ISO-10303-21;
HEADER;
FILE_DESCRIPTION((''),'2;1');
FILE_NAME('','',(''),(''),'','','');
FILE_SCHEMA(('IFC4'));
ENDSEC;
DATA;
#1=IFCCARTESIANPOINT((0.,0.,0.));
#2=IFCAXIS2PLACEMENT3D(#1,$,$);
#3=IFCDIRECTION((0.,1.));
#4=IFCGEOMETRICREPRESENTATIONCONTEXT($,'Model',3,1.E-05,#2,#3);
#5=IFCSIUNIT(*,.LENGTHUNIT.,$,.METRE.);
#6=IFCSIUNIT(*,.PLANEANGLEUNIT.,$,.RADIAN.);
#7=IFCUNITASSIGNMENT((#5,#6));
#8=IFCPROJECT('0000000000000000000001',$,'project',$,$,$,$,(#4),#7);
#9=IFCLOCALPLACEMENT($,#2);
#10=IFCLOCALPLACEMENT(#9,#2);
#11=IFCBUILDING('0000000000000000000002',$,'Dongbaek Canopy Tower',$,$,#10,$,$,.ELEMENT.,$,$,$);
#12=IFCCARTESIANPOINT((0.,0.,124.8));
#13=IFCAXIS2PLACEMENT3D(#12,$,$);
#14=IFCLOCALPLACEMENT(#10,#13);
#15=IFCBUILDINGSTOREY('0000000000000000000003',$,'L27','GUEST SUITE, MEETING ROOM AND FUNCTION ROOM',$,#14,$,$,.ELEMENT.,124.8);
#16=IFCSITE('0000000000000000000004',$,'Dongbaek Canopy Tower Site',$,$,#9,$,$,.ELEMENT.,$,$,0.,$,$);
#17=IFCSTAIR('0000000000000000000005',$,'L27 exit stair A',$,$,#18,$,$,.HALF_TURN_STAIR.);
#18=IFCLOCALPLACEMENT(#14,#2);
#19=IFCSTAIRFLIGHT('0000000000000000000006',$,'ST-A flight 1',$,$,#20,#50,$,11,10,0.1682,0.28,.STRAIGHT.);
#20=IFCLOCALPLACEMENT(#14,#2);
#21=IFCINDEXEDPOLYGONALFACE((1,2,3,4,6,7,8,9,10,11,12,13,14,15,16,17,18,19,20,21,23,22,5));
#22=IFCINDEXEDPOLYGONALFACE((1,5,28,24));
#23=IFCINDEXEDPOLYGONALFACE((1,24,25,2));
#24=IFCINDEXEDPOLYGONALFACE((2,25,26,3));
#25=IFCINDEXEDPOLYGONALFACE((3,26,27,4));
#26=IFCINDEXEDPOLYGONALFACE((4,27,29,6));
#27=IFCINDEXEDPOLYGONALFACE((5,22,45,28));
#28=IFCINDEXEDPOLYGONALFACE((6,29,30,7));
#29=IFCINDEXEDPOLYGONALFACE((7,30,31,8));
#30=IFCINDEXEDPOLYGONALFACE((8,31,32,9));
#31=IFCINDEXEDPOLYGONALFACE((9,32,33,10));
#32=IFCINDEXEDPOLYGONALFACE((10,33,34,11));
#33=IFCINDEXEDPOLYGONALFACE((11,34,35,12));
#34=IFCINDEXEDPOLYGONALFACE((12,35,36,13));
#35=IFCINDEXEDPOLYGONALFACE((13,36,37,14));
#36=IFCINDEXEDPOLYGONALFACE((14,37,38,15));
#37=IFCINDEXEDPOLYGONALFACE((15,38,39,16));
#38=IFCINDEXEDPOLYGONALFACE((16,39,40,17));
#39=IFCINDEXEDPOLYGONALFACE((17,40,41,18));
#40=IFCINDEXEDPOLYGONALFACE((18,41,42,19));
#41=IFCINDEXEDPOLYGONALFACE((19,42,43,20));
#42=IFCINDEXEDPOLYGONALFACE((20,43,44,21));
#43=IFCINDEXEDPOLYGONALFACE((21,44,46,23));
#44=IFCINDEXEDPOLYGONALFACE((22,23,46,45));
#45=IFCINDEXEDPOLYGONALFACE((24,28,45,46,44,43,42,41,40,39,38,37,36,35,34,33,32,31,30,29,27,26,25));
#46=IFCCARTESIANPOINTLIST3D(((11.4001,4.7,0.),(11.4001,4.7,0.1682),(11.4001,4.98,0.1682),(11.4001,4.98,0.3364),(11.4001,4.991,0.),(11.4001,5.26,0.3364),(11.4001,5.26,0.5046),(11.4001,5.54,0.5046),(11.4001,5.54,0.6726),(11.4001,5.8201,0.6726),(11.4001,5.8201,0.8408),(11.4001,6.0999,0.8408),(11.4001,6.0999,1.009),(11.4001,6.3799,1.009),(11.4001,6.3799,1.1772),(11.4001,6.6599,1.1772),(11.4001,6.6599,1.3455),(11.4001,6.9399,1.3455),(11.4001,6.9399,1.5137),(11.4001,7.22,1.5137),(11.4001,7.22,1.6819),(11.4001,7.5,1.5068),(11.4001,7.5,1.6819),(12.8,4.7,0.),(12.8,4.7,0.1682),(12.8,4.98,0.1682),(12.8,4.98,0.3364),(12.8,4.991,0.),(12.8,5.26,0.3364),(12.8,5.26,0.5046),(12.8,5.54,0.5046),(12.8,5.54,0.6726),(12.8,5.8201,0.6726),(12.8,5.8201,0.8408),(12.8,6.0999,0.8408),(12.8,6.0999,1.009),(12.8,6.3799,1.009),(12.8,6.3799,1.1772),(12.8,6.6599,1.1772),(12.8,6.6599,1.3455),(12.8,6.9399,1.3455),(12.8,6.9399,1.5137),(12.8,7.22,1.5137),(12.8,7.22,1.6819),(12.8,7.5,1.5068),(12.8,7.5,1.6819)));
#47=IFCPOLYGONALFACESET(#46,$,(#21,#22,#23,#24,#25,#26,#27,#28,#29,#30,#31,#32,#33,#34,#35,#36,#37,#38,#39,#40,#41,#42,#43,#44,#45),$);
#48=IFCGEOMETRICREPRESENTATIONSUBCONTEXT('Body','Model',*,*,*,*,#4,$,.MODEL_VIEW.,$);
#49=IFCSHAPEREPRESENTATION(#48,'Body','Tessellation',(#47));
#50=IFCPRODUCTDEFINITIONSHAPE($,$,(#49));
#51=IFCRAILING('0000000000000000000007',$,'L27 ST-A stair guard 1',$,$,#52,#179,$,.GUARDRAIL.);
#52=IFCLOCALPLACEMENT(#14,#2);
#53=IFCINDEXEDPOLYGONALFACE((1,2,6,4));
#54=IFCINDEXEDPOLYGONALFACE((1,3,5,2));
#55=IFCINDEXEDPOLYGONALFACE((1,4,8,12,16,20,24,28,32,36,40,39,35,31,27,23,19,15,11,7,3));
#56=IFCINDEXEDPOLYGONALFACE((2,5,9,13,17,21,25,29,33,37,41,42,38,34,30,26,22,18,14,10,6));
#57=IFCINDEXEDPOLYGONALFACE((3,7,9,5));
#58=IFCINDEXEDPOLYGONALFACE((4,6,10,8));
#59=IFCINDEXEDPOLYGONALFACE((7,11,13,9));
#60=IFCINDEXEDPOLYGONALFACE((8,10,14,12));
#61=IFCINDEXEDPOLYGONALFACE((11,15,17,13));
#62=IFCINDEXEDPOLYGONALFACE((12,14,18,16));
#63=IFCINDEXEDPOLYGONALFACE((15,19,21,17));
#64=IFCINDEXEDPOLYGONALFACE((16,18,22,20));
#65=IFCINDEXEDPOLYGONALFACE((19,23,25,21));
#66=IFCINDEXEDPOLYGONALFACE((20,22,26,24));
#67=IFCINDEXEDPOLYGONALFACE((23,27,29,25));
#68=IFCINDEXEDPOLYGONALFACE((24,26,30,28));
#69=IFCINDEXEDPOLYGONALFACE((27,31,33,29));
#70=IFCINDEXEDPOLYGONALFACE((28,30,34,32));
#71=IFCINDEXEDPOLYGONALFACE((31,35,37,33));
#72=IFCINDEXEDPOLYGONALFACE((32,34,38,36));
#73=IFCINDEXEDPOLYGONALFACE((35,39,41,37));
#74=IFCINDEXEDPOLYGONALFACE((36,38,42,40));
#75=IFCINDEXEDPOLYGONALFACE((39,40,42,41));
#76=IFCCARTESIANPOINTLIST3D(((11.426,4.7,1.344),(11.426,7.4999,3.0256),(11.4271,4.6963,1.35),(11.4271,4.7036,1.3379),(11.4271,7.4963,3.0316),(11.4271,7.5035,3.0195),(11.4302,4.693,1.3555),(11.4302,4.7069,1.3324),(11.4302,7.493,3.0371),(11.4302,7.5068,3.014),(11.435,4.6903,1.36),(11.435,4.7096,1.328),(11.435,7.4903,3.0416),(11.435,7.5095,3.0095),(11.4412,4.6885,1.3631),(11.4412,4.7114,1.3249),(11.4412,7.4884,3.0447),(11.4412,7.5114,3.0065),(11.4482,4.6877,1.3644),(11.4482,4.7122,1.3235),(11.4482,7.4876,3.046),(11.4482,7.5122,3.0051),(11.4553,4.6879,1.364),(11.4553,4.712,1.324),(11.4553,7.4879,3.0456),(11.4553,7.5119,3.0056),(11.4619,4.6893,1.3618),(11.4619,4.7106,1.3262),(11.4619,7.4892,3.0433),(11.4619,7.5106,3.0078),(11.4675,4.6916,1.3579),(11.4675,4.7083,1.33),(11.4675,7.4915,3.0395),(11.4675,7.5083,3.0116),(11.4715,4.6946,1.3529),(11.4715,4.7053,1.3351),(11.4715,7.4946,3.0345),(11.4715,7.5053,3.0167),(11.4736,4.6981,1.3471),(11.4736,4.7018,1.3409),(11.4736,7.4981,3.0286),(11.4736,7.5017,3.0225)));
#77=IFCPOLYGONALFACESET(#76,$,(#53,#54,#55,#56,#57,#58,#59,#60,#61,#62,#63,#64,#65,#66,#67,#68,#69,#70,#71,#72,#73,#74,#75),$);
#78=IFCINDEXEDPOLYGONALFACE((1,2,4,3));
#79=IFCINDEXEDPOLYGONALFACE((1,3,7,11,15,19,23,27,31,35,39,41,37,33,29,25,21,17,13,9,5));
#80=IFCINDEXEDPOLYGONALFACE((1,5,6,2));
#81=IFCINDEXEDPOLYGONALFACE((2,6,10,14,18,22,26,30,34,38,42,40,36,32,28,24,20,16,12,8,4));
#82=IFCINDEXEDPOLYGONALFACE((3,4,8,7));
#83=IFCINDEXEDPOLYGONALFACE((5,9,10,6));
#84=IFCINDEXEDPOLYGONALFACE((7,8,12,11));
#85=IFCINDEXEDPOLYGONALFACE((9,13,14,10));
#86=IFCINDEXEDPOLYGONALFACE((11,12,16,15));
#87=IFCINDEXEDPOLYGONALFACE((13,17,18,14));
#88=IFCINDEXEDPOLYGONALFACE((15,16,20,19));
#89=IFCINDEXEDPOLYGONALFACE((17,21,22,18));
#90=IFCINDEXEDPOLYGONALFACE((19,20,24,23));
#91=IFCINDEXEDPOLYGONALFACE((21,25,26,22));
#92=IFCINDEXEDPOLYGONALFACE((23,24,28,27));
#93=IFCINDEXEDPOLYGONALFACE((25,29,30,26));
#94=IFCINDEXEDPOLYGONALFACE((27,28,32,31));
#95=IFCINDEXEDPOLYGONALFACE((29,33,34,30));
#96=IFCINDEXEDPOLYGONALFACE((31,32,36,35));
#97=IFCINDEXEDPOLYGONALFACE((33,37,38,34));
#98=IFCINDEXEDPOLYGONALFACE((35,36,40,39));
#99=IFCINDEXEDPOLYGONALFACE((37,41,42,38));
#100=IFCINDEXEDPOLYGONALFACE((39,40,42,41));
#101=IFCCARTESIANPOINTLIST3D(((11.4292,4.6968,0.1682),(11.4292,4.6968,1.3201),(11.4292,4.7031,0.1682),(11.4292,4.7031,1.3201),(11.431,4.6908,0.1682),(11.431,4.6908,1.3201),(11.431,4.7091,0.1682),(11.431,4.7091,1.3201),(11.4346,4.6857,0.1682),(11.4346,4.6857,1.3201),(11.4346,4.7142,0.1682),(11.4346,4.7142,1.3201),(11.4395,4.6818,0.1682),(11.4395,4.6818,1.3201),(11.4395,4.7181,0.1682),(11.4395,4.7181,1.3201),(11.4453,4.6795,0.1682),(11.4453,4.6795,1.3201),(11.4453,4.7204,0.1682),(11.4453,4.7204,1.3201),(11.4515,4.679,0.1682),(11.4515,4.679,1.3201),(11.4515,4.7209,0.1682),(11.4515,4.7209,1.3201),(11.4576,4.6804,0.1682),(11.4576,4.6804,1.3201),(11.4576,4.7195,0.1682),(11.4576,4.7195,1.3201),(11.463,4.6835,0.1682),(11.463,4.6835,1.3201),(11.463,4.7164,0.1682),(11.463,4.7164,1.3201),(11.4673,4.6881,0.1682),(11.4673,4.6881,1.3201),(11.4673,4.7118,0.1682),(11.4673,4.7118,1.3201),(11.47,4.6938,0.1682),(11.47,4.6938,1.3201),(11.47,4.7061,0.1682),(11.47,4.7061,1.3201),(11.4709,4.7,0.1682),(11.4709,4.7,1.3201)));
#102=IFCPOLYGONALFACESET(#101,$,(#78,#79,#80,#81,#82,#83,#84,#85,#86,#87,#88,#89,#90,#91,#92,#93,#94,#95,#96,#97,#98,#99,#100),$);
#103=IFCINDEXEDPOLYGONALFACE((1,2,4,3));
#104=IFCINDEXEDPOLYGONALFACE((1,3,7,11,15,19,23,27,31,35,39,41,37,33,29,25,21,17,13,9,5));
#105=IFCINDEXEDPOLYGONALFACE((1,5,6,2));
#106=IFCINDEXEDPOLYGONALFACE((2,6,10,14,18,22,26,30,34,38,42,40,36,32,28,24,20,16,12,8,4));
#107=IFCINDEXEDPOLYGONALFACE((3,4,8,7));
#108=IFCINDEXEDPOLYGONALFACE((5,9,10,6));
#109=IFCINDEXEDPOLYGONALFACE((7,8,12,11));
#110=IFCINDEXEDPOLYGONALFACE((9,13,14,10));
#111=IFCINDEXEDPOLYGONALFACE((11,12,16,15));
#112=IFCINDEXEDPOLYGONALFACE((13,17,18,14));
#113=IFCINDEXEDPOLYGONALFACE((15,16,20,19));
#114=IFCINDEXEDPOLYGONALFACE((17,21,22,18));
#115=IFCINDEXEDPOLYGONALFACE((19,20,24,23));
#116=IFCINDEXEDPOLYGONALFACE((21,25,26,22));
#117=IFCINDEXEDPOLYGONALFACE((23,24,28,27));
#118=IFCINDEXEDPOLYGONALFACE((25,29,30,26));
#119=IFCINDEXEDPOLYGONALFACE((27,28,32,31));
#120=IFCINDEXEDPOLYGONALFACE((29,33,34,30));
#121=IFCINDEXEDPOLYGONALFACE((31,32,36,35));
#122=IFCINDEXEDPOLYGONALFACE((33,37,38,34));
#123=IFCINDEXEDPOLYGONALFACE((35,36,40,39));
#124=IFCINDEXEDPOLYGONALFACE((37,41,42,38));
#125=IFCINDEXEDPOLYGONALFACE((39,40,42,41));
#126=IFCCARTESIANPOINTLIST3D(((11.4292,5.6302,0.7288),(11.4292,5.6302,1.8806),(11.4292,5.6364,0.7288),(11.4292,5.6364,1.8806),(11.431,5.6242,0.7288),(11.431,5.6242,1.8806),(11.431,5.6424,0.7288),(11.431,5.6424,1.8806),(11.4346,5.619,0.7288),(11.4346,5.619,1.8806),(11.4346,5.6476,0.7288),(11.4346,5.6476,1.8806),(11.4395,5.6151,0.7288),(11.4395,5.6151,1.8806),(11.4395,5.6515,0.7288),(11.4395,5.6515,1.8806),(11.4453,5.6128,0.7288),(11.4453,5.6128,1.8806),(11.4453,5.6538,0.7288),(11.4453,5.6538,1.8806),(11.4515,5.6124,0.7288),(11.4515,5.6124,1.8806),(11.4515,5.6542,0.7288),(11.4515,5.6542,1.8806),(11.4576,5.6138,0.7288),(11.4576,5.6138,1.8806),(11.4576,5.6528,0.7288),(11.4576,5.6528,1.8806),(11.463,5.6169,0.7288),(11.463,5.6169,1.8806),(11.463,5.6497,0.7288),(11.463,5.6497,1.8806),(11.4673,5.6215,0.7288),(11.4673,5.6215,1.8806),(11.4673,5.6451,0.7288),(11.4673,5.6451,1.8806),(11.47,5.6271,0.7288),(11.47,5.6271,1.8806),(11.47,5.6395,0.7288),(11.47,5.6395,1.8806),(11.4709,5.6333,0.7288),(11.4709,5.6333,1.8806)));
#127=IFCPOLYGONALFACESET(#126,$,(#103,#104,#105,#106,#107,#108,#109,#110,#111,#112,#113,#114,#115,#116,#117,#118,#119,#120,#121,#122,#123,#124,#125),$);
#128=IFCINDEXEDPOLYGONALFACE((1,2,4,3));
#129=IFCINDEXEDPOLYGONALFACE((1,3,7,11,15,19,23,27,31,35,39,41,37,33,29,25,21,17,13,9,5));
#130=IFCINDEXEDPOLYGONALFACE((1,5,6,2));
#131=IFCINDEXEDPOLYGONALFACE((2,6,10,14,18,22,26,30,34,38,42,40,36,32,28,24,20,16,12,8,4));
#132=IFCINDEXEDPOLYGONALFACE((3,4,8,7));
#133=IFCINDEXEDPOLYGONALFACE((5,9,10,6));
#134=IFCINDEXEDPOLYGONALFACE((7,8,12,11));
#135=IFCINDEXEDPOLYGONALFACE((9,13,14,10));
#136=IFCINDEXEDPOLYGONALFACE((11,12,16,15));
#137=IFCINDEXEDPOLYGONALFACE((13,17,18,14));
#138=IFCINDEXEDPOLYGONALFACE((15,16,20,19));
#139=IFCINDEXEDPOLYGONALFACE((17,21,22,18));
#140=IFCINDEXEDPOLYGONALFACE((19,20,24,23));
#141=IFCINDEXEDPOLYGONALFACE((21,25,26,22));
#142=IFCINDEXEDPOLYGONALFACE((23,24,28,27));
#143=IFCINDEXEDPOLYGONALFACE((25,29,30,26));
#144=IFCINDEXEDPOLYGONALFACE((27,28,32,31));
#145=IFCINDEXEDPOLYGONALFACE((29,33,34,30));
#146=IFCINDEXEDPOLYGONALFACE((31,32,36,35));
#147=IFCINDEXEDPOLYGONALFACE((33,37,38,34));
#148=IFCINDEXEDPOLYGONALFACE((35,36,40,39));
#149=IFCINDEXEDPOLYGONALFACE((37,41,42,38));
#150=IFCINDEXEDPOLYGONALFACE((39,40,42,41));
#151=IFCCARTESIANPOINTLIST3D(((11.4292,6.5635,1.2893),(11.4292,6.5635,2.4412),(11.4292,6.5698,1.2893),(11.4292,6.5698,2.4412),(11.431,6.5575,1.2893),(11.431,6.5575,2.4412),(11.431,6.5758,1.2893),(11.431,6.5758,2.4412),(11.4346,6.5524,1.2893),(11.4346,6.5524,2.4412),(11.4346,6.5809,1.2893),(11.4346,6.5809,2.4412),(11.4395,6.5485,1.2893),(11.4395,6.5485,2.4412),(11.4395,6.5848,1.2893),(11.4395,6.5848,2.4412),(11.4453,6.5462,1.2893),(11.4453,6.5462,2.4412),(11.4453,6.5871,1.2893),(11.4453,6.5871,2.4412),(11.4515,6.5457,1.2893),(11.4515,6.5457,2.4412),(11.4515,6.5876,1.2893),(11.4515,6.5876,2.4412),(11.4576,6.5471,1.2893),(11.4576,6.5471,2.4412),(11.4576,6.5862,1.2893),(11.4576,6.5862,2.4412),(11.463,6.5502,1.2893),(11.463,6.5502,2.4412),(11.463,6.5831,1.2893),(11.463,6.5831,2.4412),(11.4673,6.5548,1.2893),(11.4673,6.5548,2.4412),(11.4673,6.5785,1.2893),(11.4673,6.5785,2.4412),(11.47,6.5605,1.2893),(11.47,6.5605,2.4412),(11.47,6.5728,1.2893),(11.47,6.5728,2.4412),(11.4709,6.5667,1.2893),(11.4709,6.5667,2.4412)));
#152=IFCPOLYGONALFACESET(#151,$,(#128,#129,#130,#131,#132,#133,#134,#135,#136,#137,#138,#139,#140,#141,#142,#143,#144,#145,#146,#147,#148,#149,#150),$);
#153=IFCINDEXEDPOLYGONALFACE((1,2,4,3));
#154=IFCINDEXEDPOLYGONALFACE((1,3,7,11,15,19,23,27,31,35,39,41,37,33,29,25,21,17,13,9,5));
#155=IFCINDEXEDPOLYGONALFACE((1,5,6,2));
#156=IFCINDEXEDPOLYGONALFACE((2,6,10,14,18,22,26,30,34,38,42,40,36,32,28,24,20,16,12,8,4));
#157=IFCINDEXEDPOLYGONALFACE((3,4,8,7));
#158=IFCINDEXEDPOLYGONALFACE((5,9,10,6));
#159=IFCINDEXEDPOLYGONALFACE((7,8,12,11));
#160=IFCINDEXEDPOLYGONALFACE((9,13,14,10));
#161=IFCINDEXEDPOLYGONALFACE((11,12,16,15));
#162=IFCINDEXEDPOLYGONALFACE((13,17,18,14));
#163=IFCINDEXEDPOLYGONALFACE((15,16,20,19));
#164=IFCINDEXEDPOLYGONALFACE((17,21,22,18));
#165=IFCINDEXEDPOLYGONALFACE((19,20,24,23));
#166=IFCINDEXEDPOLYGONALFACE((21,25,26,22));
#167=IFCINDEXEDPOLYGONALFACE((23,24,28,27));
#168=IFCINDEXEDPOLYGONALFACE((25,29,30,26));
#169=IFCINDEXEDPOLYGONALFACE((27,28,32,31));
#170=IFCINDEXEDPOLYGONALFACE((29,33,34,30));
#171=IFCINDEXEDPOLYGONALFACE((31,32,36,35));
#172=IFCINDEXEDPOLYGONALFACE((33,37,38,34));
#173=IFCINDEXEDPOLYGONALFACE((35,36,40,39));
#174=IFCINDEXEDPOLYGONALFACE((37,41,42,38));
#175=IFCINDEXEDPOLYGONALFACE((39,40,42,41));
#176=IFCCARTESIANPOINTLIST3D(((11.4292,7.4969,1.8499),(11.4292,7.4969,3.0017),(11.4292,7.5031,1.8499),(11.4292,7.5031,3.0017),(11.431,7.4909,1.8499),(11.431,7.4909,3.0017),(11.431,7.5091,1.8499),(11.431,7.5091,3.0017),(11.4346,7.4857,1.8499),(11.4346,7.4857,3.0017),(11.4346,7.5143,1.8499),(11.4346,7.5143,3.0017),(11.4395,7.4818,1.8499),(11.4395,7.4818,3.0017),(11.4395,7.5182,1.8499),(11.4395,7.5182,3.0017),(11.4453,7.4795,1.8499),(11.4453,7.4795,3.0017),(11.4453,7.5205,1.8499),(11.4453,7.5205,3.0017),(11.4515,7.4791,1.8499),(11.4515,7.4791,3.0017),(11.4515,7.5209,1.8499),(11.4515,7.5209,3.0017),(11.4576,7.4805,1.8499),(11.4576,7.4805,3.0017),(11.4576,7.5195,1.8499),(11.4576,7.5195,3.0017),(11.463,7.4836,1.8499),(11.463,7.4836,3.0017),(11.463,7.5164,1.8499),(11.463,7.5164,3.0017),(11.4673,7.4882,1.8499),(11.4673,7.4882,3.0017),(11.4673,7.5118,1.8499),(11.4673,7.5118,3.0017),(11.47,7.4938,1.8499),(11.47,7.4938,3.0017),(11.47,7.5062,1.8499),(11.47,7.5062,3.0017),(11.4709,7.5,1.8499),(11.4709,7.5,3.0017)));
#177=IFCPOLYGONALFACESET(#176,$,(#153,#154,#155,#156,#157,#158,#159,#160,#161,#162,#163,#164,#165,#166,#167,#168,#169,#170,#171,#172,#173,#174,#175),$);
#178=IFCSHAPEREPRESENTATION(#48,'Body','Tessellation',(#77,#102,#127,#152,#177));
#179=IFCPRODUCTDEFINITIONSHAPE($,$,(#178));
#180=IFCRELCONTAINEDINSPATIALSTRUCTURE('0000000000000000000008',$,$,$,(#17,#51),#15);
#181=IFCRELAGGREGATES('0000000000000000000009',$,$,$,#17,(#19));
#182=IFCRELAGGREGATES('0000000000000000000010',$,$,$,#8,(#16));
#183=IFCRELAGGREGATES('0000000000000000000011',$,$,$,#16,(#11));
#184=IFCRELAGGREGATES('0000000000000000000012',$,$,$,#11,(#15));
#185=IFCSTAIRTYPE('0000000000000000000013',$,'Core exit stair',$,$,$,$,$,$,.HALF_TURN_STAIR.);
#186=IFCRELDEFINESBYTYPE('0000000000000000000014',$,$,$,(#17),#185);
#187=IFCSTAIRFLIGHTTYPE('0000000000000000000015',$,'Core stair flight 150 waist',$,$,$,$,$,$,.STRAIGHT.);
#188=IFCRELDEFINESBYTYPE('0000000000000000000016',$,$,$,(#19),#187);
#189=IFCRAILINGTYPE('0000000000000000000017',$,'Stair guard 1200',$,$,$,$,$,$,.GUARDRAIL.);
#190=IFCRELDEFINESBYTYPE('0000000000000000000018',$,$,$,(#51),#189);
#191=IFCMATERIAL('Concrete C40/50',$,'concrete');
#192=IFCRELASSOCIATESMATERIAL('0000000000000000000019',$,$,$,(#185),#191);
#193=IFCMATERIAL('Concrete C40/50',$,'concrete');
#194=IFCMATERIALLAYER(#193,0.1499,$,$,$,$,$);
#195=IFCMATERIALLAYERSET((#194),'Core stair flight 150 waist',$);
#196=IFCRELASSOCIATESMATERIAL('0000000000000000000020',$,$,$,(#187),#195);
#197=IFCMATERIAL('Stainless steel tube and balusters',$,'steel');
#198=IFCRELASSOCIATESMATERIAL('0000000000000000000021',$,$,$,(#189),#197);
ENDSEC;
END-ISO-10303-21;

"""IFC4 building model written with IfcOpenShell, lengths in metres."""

from ifc_helpers import new_model, si_unit, direction, frame, origin, origin_2d, place, context, subcontext, project, spatial, polyline, circle, outline, extrude, material, layer, layer_set, type_object, element, aggregate, save


model = new_model("IFC4")

# Units and contexts
model_context = context("Model", 3, precision=1e-05, world=origin(), true_north=direction((0.0, 1.0)))
body_context = subcontext(model_context, "Body", "Model", "MODEL_VIEW")
ifc_project = project(units=[si_unit("LENGTHUNIT", "METRE"), si_unit("PLANEANGLEUNIT", "RADIAN")], contexts=[model_context])

# Site, building, storey
site_placement = place(None, origin())
site = spatial("IfcSite", under=ifc_project, at=site_placement, Name="Dongbaek Canopy Tower Site", CompositionType="ELEMENT", RefElevation=0.0)
building_placement = place(site_placement, origin())
building = spatial("IfcBuilding", under=site, at=building_placement, Name="Dongbaek Canopy Tower", CompositionType="ELEMENT")
storey_placement = place(building_placement, frame((0.0, 0.0, 124.8)))
storey = spatial("IfcBuildingStorey", under=building, at=storey_placement, Name="L27", Description="GUEST SUITE, MEETING ROOM AND FUNCTION ROOM", CompositionType="ELEMENT", Elevation=124.8)

# Shared definitions
ifc_material_1 = material(Name="Concrete C40/50", Category="concrete")
stair_type = type_object("IfcStairType", Name="Core exit stair", PredefinedType="HALF_TURN_STAIR", material=ifc_material_1)

# Stair, stair flight
stair_1_placement = place(storey_placement, origin())
stair_1 = element("IfcStair", 1, at=stair_1_placement, inside=storey, type_object=stair_type, Name="L27 exit stair A", PredefinedType="HALF_TURN_STAIR")
ifc_material_2 = material(Name="Concrete C40/50", Category="concrete")
ifc_layer_1 = layer(ifc_material_2, 0.1499)
ifc_layer_set_1 = layer_set([ifc_layer_1], Name="Core stair flight 150 waist")
stair_flight_type = type_object("IfcStairFlightType", Name="Core stair flight 150 waist", PredefinedType="STRAIGHT", material=ifc_layer_set_1)
stair_flight_placement = place(storey_placement, frame((12.1001, 4.7, 0.0), z_axis=(0.0, 0.0, 1.0), x_axis=(0.0, 1.0, 0.0)))
stair_flight = element("IfcStairFlight", 2, at=stair_flight_placement, type_object=stair_flight_type, Name="ST-A flight 1", NumberOfRisers=11, NumberOfTreads=10, PredefinedType="STRAIGHT", RiserHeight=0.1682, TreadLength=0.28, context=body_context, shape_type="SweptSolid", body=[
    extrude(outline(polyline([(0.0, 0.0), (0.0, 0.1682), (0.28, 0.1682), (0.28, 0.3364), (0.5601, 0.3364), (0.5601, 0.5046), (0.8401, 0.5046), (0.8401, 0.6726), (1.1201, 0.6726), (1.1201, 0.8408), (1.3999, 0.8408), (1.3999, 1.009), (1.6799, 1.009), (1.6799, 1.1772), (1.96, 1.1772), (1.96, 1.3455), (2.24, 1.3455), (2.24, 1.5137), (2.52, 1.5137), (2.52, 1.6819), (2.8, 1.6819), (2.8, 1.8501), (2.8, 1.5068), (0.291, 0.0), (0.0, 0.0)])), frame((0.0, 0.7, 0.0), z_axis=(0.0, -1.0, 0.0), x_axis=(1.0, 0.0, 0.0)), (0.0, 0.0, 1.0), 1.3999),
])
aggregate(stair_1, [stair_flight])

# Railing
ifc_material_3 = material(Name="Stainless steel tube and balusters", Category="steel")
railing_type = type_object("IfcRailingType", Name="Stair guard 1200", PredefinedType="GUARDRAIL", material=ifc_material_3)
railing_1_placement = place(storey_placement, frame((11.45, 4.7, 0.1682)))
element("IfcRailing", 3, at=railing_1_placement, inside=storey, type_object=railing_type, Name="L27 ST-A stair guard 1", PredefinedType="GUARDRAIL", context=body_context, shape_type="SweptSolid", body=[
    extrude(circle(Radius=0.0239, at=origin_2d()), frame((0.0, 0.0, 1.1758), z_axis=(0.0, 0.857275, 0.514858), x_axis=(-1.0, 0.0, 0.0)), (0.0, 0.0, 1.0), 3.2661),
    extrude(circle(Radius=0.021, at=origin_2d()), origin(), (0.0, 0.0, 1.0), 1.1519),
    extrude(circle(Radius=0.021, at=origin_2d()), frame((0.0, 0.9333, 0.5605)), (0.0, 0.0, 1.0), 1.1519),
    extrude(circle(Radius=0.021, at=origin_2d()), frame((0.0, 1.8667, 1.1211)), (0.0, 0.0, 1.0), 1.1519),
    extrude(circle(Radius=0.021, at=origin_2d()), frame((0.0, 2.8, 1.6816)), (0.0, 0.0, 1.0), 1.1519),
])

save(model, "model.ifc")
